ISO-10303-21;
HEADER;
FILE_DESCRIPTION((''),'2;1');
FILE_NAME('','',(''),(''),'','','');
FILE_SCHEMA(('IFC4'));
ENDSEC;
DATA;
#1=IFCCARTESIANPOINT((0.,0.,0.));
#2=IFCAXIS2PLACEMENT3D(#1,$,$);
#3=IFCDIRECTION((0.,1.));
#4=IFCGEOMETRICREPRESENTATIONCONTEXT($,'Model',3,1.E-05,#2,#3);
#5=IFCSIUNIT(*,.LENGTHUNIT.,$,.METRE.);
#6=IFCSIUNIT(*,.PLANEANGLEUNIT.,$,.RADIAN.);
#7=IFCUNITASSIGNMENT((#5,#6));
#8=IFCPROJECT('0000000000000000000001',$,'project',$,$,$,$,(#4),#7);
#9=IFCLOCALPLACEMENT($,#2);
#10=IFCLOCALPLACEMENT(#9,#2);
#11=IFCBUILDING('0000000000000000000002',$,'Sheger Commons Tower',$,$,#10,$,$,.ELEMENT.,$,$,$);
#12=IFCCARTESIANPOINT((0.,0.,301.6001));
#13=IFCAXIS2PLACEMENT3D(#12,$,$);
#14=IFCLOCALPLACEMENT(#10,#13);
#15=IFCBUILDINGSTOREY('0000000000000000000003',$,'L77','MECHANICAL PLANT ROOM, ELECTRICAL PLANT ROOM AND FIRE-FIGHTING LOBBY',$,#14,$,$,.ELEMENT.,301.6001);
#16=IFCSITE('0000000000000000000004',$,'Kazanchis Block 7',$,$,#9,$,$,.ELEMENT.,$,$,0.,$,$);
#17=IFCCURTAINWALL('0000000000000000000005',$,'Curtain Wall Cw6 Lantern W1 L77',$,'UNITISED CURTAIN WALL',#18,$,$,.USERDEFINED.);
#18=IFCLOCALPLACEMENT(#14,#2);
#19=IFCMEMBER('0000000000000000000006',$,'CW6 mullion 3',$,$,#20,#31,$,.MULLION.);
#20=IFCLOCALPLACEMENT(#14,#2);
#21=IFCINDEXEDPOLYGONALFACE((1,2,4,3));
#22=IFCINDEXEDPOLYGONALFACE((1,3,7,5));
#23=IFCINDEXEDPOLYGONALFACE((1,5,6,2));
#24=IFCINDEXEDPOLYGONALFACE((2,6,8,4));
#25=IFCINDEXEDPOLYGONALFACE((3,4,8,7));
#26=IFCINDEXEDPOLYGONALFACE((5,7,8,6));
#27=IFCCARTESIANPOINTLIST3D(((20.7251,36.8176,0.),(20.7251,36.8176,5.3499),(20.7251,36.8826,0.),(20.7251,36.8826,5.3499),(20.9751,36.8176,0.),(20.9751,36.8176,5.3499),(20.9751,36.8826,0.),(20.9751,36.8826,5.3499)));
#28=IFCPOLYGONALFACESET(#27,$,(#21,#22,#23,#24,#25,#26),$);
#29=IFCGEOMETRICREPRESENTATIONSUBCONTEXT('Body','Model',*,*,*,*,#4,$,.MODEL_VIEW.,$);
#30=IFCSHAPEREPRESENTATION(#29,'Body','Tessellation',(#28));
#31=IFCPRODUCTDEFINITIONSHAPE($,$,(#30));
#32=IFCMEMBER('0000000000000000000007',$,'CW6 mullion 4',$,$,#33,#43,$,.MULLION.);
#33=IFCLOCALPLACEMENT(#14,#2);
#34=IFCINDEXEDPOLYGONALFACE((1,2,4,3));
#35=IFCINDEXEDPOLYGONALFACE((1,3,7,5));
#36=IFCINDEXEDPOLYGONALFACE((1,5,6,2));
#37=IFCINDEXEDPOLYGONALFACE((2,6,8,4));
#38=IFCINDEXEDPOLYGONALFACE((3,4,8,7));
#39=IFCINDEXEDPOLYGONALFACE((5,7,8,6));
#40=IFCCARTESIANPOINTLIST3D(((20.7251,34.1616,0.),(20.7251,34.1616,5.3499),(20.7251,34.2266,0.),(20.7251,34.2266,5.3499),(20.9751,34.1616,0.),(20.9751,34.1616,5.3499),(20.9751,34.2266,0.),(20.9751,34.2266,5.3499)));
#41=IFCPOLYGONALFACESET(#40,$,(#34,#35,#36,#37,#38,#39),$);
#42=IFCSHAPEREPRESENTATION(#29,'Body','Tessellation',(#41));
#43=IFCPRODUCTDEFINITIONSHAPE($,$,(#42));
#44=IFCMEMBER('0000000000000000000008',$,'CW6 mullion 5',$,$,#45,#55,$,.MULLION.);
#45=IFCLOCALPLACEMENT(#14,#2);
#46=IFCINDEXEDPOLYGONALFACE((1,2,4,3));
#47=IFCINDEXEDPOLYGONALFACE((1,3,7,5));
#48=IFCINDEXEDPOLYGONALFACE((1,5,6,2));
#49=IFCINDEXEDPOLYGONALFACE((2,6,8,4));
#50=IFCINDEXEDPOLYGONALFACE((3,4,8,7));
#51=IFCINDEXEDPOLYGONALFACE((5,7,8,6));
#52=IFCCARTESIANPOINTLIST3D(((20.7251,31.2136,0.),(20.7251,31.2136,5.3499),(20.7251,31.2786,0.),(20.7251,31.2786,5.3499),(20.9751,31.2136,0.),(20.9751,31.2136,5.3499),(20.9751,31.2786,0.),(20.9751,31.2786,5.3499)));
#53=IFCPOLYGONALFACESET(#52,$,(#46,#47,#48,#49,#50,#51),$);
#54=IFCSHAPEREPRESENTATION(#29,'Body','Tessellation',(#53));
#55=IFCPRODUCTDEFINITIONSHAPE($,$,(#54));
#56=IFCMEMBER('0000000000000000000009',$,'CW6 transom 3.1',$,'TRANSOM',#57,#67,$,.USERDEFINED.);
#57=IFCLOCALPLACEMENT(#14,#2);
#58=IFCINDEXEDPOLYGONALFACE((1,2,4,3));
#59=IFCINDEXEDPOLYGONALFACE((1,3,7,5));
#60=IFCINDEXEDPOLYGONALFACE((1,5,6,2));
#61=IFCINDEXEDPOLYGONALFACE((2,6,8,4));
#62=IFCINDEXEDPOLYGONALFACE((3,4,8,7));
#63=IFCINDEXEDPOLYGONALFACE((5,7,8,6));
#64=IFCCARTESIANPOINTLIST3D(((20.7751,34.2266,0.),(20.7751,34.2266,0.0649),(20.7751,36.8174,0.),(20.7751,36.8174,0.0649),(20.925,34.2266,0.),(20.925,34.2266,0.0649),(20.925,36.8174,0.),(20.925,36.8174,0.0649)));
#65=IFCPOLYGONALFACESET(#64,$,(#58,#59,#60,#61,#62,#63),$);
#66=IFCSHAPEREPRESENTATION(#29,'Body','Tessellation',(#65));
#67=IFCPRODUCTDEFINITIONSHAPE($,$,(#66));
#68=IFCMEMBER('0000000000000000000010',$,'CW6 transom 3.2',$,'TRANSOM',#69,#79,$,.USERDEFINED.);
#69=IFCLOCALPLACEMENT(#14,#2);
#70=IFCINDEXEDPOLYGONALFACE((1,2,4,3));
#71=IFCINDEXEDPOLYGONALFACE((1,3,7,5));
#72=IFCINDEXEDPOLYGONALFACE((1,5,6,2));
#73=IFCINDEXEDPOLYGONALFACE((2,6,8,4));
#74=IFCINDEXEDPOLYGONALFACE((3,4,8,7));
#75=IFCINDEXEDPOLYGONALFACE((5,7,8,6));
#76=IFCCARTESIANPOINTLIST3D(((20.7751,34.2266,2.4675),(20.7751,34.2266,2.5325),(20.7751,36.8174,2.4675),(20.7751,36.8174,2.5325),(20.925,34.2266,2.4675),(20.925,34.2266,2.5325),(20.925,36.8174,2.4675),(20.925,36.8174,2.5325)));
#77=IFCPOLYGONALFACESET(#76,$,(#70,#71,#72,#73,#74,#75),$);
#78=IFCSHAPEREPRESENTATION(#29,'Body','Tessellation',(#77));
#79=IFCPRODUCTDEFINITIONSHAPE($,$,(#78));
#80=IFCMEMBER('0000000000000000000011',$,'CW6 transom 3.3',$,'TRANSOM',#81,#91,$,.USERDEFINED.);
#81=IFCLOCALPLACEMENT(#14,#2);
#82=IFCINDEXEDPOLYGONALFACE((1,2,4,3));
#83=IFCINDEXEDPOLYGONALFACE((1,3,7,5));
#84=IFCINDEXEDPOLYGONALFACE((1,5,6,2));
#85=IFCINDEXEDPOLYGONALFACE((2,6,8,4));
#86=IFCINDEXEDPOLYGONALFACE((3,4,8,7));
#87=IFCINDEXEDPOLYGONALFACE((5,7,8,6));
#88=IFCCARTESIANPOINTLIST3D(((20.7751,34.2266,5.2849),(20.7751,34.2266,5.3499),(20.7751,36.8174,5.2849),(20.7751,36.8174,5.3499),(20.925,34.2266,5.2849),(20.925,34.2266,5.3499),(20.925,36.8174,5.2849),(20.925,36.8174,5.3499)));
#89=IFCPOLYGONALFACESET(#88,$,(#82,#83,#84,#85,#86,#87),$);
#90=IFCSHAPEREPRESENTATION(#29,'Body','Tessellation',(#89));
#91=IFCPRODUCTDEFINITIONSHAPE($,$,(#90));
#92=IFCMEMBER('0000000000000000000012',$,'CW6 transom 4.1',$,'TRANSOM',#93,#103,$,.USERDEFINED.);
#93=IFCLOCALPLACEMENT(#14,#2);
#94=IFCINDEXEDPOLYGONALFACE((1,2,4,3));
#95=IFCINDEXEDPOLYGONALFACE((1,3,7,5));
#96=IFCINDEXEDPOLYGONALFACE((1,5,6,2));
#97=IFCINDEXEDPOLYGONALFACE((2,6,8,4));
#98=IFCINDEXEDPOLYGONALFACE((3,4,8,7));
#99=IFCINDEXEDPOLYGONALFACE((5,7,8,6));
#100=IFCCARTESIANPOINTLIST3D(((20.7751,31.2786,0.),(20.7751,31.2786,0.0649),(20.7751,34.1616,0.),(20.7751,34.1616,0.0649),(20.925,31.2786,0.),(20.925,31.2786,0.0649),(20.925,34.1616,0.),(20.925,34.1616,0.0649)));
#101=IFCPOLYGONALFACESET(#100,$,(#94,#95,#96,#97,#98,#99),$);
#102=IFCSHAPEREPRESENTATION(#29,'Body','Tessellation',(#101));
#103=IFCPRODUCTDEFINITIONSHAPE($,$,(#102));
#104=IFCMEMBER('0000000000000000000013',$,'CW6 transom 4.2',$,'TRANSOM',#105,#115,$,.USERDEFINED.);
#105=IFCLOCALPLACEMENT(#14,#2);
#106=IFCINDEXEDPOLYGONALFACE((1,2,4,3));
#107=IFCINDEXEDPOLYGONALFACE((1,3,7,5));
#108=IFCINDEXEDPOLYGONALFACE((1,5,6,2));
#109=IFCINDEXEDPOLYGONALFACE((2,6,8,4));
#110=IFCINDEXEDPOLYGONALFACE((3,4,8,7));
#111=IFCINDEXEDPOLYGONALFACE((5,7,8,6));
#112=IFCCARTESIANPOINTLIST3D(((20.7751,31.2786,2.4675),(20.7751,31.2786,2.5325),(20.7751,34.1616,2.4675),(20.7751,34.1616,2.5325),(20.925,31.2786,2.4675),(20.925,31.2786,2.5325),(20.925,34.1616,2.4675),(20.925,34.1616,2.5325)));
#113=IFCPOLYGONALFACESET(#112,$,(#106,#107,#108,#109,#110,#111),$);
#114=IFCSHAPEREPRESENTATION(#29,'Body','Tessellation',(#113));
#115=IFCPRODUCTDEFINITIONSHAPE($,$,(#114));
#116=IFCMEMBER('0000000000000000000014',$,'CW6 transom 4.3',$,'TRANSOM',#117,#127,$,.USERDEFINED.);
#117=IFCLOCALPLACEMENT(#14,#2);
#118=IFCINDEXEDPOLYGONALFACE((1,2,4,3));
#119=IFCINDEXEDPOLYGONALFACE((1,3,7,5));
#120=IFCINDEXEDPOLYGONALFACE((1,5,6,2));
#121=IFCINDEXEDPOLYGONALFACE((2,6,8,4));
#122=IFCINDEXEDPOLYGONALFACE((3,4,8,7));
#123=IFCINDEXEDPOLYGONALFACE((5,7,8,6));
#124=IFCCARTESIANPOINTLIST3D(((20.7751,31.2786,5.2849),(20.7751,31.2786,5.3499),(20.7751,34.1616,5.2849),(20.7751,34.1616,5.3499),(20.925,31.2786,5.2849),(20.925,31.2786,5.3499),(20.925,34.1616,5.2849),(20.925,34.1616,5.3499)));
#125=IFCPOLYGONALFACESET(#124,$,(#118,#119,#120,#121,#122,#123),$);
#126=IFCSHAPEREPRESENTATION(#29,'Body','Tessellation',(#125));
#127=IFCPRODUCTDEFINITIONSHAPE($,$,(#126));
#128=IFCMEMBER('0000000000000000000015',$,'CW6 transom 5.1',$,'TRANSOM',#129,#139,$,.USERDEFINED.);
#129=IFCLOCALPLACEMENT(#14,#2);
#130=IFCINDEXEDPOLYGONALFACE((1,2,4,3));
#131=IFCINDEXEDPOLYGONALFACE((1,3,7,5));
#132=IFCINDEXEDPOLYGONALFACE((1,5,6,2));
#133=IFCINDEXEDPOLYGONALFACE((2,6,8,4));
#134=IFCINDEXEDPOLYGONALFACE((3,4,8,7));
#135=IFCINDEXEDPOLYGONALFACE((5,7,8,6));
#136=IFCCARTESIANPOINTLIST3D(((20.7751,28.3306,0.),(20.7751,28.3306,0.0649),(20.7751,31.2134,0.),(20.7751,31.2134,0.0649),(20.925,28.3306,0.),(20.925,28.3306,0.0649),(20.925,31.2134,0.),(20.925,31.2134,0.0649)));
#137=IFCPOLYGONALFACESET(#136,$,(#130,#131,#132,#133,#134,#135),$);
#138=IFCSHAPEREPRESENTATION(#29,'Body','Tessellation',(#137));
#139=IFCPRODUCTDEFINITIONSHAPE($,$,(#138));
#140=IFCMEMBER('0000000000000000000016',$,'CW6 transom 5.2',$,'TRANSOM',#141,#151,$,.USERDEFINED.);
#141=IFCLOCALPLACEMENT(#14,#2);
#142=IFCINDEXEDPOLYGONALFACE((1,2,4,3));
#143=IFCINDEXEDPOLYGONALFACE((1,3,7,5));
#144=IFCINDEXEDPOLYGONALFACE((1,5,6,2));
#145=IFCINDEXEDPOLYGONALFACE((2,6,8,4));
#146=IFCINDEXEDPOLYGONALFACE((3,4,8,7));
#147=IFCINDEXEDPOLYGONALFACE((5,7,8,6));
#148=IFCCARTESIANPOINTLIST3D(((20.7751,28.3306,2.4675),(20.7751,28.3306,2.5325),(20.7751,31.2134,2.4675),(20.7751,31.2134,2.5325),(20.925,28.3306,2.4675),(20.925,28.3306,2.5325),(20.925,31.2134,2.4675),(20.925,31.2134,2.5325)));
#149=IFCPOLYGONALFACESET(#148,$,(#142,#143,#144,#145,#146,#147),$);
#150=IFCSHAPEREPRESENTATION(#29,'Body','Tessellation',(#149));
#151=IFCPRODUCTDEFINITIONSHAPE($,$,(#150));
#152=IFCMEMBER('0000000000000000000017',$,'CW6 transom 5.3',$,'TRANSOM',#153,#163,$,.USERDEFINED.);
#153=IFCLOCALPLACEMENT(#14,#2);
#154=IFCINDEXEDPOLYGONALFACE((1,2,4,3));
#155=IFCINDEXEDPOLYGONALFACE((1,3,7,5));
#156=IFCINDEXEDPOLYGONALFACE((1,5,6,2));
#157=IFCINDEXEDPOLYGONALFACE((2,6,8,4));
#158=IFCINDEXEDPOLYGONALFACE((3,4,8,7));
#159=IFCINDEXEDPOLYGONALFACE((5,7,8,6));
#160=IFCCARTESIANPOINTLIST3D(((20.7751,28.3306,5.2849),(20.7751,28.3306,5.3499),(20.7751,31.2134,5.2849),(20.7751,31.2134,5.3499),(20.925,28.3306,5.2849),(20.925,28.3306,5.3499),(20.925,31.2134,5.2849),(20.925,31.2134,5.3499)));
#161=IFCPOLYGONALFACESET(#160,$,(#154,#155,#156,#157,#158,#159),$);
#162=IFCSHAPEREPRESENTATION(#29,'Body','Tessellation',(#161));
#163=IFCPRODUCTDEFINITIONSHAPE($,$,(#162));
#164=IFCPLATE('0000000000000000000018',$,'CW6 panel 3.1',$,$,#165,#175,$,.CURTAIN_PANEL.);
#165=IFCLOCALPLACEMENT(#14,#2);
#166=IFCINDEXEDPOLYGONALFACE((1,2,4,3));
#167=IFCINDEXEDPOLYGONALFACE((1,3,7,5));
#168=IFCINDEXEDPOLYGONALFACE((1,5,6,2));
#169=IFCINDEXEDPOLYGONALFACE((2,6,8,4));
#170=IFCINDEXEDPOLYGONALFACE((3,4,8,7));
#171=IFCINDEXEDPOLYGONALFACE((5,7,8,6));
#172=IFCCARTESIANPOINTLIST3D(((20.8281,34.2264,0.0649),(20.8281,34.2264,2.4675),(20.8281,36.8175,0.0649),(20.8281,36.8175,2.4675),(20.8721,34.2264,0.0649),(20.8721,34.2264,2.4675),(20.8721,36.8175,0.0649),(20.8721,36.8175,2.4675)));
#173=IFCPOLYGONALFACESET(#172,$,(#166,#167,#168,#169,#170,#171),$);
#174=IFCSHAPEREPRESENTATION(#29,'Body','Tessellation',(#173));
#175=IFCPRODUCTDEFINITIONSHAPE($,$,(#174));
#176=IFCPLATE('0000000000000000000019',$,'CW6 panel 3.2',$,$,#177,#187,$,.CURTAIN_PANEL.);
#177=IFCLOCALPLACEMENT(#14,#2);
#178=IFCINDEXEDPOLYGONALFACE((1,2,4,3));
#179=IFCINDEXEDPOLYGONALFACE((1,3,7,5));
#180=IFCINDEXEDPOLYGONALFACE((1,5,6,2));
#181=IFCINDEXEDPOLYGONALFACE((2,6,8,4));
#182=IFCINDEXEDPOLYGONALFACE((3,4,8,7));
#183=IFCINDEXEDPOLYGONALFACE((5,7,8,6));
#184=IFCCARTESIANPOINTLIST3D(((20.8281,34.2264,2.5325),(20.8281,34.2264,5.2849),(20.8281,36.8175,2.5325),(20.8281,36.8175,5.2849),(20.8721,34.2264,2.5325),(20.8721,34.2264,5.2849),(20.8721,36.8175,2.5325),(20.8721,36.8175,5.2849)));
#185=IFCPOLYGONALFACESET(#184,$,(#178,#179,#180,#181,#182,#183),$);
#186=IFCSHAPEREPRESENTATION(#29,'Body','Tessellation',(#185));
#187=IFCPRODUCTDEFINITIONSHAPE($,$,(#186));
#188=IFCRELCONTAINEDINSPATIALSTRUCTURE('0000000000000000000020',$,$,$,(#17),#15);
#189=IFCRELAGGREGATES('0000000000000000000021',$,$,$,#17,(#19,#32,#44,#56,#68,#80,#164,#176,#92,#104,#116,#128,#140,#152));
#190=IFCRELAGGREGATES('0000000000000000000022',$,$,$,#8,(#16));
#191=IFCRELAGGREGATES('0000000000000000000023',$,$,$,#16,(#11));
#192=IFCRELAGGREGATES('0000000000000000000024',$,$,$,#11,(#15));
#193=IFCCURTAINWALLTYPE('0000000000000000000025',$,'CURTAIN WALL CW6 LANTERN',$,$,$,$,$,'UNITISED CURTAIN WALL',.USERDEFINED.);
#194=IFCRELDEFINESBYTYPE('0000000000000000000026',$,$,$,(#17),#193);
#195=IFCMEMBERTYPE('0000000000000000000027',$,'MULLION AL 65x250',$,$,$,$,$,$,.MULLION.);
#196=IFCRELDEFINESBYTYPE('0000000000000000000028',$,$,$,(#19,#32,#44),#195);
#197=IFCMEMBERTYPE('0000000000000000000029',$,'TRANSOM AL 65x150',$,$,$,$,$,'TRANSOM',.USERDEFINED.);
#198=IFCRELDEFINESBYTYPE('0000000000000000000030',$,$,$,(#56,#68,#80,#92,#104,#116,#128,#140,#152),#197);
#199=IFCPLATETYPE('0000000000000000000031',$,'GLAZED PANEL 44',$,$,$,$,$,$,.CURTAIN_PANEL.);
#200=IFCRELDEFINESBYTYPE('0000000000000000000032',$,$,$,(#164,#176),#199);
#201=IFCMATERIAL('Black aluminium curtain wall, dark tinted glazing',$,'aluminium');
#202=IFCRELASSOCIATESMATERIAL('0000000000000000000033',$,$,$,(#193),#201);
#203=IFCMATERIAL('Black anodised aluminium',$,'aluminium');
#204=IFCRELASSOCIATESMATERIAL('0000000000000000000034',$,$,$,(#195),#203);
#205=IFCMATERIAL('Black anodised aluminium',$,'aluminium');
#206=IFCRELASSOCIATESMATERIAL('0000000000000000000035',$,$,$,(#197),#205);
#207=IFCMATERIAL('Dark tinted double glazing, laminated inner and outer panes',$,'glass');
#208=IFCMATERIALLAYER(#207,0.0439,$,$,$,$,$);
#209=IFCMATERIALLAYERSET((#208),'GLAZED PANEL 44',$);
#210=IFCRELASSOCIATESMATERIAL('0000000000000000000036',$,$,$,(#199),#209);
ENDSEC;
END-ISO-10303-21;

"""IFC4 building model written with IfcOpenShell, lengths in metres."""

from ifc_helpers import new_model, si_unit, direction, frame, origin, origin_2d, place, context, subcontext, project, spatial, rectangle, extrude, material, layer, layer_set, material_profile, profile_set, type_object, element, aggregate, save


model = new_model("IFC4")

# Units and contexts
model_context = context("Model", 3, precision=1e-05, world=origin(), true_north=direction((0.0, 1.0)))
body_context = subcontext(model_context, "Body", "Model", "MODEL_VIEW")
ifc_project = project(units=[si_unit("LENGTHUNIT", "METRE"), si_unit("PLANEANGLEUNIT", "RADIAN")], contexts=[model_context])

# Site, building, storey
site_placement = place(None, origin())
site = spatial("IfcSite", under=ifc_project, at=site_placement, Name="Kazanchis Block 7", CompositionType="ELEMENT", RefElevation=0.0)
building_placement = place(site_placement, origin())
building = spatial("IfcBuilding", under=site, at=building_placement, Name="Sheger Commons Tower", CompositionType="ELEMENT")
storey_placement = place(building_placement, frame((0.0, 0.0, 301.6001)))
storey = spatial("IfcBuildingStorey", under=building, at=storey_placement, Name="L77", Description="MECHANICAL PLANT ROOM, ELECTRICAL PLANT ROOM AND FIRE-FIGHTING LOBBY", CompositionType="ELEMENT", Elevation=301.6001)

# Curtain wall, members, plates
ifc_material_1 = material(Name="Black aluminium curtain wall, dark tinted glazing", Category="aluminium")
curtain_wall_type = type_object("IfcCurtainWallType", Name="CURTAIN WALL CW6 LANTERN", ElementType="UNITISED CURTAIN WALL", PredefinedType="USERDEFINED", material=ifc_material_1)
curtain_wall_placement = place(storey_placement, origin())
curtain_wall = element("IfcCurtainWall", 1, at=curtain_wall_placement, inside=storey, type_object=curtain_wall_type, Name="Curtain Wall Cw6 Lantern W1 L77", ObjectType="UNITISED CURTAIN WALL", PredefinedType="USERDEFINED")
ifc_material_2 = material(Name="Black anodised aluminium", Category="aluminium")
ifc_material_profile_1 = material_profile(ifc_material_2, rectangle(XDim=0.25, YDim=0.0649, at=origin_2d()), Name="AL 65x250")
ifc_profile_set_1 = profile_set([ifc_material_profile_1], Name="Black anodised aluminium")
member_type_1 = type_object("IfcMemberType", Name="MULLION AL 65x250", PredefinedType="MULLION", material=ifc_profile_set_1)
member_1_placement = place(storey_placement, frame((20.8501, 36.8501, 0.0), z_axis=(0.0, 0.0, 1.0), x_axis=(1.0, 0.0, 0.0)))
member_1 = element("IfcMember", 2, at=member_1_placement, type_object=member_type_1, Name="CW6 mullion 3", PredefinedType="MULLION", context=body_context, shape_type="SweptSolid", body=[
    extrude(rectangle(XDim=0.25, YDim=0.0649, at=origin_2d()), origin(), (0.0, 0.0, 1.0), 5.3499),
])
member_2_placement = place(storey_placement, frame((20.8501, 34.1941, 0.0), z_axis=(0.0, 0.0, 1.0), x_axis=(1.0, 0.0, 0.0)))
member_2 = element("IfcMember", 3, at=member_2_placement, type_object=member_type_1, Name="CW6 mullion 4", PredefinedType="MULLION", context=body_context, shape_type="SweptSolid", body=[
    extrude(rectangle(XDim=0.25, YDim=0.0649, at=origin_2d()), origin(), (0.0, 0.0, 1.0), 5.3499),
])
member_3_placement = place(storey_placement, frame((20.8501, 31.2461, 0.0), z_axis=(0.0, 0.0, 1.0), x_axis=(1.0, 0.0, 0.0)))
member_3 = element("IfcMember", 4, at=member_3_placement, type_object=member_type_1, Name="CW6 mullion 5", PredefinedType="MULLION", context=body_context, shape_type="SweptSolid", body=[
    extrude(rectangle(XDim=0.25, YDim=0.0649, at=origin_2d()), origin(), (0.0, 0.0, 1.0), 5.3499),
])
ifc_material_3 = material(Name="Black anodised aluminium", Category="aluminium")
ifc_material_profile_2 = material_profile(ifc_material_3, rectangle(XDim=0.1499, YDim=0.0649, at=origin_2d()), Name="AL 65x150")
ifc_profile_set_2 = profile_set([ifc_material_profile_2], Name="Black anodised aluminium")
member_type_2 = type_object("IfcMemberType", Name="TRANSOM AL 65x150", ElementType="TRANSOM", PredefinedType="USERDEFINED", material=ifc_profile_set_2)
member_4_placement = place(storey_placement, frame((20.8501, 36.8174, 0.0325), z_axis=(0.0, -1.0, 0.0), x_axis=(1.0, 0.0, 0.0)))
member_4 = element("IfcMember", 5, at=member_4_placement, type_object=member_type_2, Name="CW6 transom 3.1", ObjectType="TRANSOM", PredefinedType="USERDEFINED", context=body_context, shape_type="SweptSolid", body=[
    extrude(rectangle(XDim=0.1499, YDim=0.0649, at=origin_2d()), origin(), (0.0, 0.0, 1.0), 2.5908),
])
member_5_placement = place(storey_placement, frame((20.8501, 36.8174, 2.5), z_axis=(0.0, -1.0, 0.0), x_axis=(1.0, 0.0, 0.0)))
member_5 = element("IfcMember", 6, at=member_5_placement, type_object=member_type_2, Name="CW6 transom 3.2", ObjectType="TRANSOM", PredefinedType="USERDEFINED", context=body_context, shape_type="SweptSolid", body=[
    extrude(rectangle(XDim=0.1499, YDim=0.0649, at=origin_2d()), origin(), (0.0, 0.0, 1.0), 2.5908),
])
member_6_placement = place(storey_placement, frame((20.8501, 36.8174, 5.3174), z_axis=(0.0, -1.0, 0.0), x_axis=(1.0, 0.0, 0.0)))
member_6 = element("IfcMember", 7, at=member_6_placement, type_object=member_type_2, Name="CW6 transom 3.3", ObjectType="TRANSOM", PredefinedType="USERDEFINED", context=body_context, shape_type="SweptSolid", body=[
    extrude(rectangle(XDim=0.1499, YDim=0.0649, at=origin_2d()), origin(), (0.0, 0.0, 1.0), 2.5908),
])
member_7_placement = place(storey_placement, frame((20.8501, 34.1616, 0.0325), z_axis=(0.0, -1.0, 0.0), x_axis=(1.0, 0.0, 0.0)))
member_7 = element("IfcMember", 8, at=member_7_placement, type_object=member_type_2, Name="CW6 transom 4.1", ObjectType="TRANSOM", PredefinedType="USERDEFINED", context=body_context, shape_type="SweptSolid", body=[
    extrude(rectangle(XDim=0.1499, YDim=0.0649, at=origin_2d()), origin(), (0.0, 0.0, 1.0), 2.8831),
])
member_8_placement = place(storey_placement, frame((20.8501, 34.1616, 2.5), z_axis=(0.0, -1.0, 0.0), x_axis=(1.0, 0.0, 0.0)))
member_8 = element("IfcMember", 9, at=member_8_placement, type_object=member_type_2, Name="CW6 transom 4.2", ObjectType="TRANSOM", PredefinedType="USERDEFINED", context=body_context, shape_type="SweptSolid", body=[
    extrude(rectangle(XDim=0.1499, YDim=0.0649, at=origin_2d()), origin(), (0.0, 0.0, 1.0), 2.8831),
])
member_9_placement = place(storey_placement, frame((20.8501, 34.1616, 5.3174), z_axis=(0.0, -1.0, 0.0), x_axis=(1.0, 0.0, 0.0)))
member_9 = element("IfcMember", 10, at=member_9_placement, type_object=member_type_2, Name="CW6 transom 4.3", ObjectType="TRANSOM", PredefinedType="USERDEFINED", context=body_context, shape_type="SweptSolid", body=[
    extrude(rectangle(XDim=0.1499, YDim=0.0649, at=origin_2d()), origin(), (0.0, 0.0, 1.0), 2.8831),
])
member_10_placement = place(storey_placement, frame((20.8501, 31.2134, 0.0325), z_axis=(0.0, -1.0, 0.0), x_axis=(1.0, 0.0, 0.0)))
member_10 = element("IfcMember", 11, at=member_10_placement, type_object=member_type_2, Name="CW6 transom 5.1", ObjectType="TRANSOM", PredefinedType="USERDEFINED", context=body_context, shape_type="SweptSolid", body=[
    extrude(rectangle(XDim=0.1499, YDim=0.0649, at=origin_2d()), origin(), (0.0, 0.0, 1.0), 2.8828),
])
member_11_placement = place(storey_placement, frame((20.8501, 31.2134, 2.5), z_axis=(0.0, -1.0, 0.0), x_axis=(1.0, 0.0, 0.0)))
member_11 = element("IfcMember", 12, at=member_11_placement, type_object=member_type_2, Name="CW6 transom 5.2", ObjectType="TRANSOM", PredefinedType="USERDEFINED", context=body_context, shape_type="SweptSolid", body=[
    extrude(rectangle(XDim=0.1499, YDim=0.0649, at=origin_2d()), origin(), (0.0, 0.0, 1.0), 2.8828),
])
member_12_placement = place(storey_placement, frame((20.8501, 31.2134, 5.3174), z_axis=(0.0, -1.0, 0.0), x_axis=(1.0, 0.0, 0.0)))
member_12 = element("IfcMember", 13, at=member_12_placement, type_object=member_type_2, Name="CW6 transom 5.3", ObjectType="TRANSOM", PredefinedType="USERDEFINED", context=body_context, shape_type="SweptSolid", body=[
    extrude(rectangle(XDim=0.1499, YDim=0.0649, at=origin_2d()), origin(), (0.0, 0.0, 1.0), 2.8828),
])
ifc_material_4 = material(Name="Dark tinted double glazing, laminated inner and outer panes", Category="glass")
ifc_layer_1 = layer(ifc_material_4, 0.0439)
ifc_layer_set_1 = layer_set([ifc_layer_1], Name="GLAZED PANEL 44")
plate_type = type_object("IfcPlateType", Name="GLAZED PANEL 44", PredefinedType="CURTAIN_PANEL", material=ifc_layer_set_1)
plate_1_placement = place(storey_placement, frame((20.8501, 35.522, 0.0649), z_axis=(0.0, 0.0, 1.0), x_axis=(0.0, -1.0, 0.0)))
plate_1 = element("IfcPlate", 14, at=plate_1_placement, type_object=plate_type, Name="CW6 panel 3.1", PredefinedType="CURTAIN_PANEL", context=body_context, shape_type="SweptSolid", body=[
    extrude(rectangle(XDim=2.5911, YDim=0.0439, at=origin_2d()), origin(), (0.0, 0.0, 1.0), 2.4026),
])
plate_2_placement = place(storey_placement, frame((20.8501, 35.522, 2.5325), z_axis=(0.0, 0.0, 1.0), x_axis=(0.0, -1.0, 0.0)))
plate_2 = element("IfcPlate", 15, at=plate_2_placement, type_object=plate_type, Name="CW6 panel 3.2", PredefinedType="CURTAIN_PANEL", context=body_context, shape_type="SweptSolid", body=[
    extrude(rectangle(XDim=2.5911, YDim=0.0439, at=origin_2d()), origin(), (0.0, 0.0, 1.0), 2.7524),
])
aggregate(curtain_wall, [member_1, member_2, member_3, member_4, member_5, member_6, plate_1, plate_2, member_7, member_8, member_9, member_10, member_11, member_12])

save(model, "model.ifc")
